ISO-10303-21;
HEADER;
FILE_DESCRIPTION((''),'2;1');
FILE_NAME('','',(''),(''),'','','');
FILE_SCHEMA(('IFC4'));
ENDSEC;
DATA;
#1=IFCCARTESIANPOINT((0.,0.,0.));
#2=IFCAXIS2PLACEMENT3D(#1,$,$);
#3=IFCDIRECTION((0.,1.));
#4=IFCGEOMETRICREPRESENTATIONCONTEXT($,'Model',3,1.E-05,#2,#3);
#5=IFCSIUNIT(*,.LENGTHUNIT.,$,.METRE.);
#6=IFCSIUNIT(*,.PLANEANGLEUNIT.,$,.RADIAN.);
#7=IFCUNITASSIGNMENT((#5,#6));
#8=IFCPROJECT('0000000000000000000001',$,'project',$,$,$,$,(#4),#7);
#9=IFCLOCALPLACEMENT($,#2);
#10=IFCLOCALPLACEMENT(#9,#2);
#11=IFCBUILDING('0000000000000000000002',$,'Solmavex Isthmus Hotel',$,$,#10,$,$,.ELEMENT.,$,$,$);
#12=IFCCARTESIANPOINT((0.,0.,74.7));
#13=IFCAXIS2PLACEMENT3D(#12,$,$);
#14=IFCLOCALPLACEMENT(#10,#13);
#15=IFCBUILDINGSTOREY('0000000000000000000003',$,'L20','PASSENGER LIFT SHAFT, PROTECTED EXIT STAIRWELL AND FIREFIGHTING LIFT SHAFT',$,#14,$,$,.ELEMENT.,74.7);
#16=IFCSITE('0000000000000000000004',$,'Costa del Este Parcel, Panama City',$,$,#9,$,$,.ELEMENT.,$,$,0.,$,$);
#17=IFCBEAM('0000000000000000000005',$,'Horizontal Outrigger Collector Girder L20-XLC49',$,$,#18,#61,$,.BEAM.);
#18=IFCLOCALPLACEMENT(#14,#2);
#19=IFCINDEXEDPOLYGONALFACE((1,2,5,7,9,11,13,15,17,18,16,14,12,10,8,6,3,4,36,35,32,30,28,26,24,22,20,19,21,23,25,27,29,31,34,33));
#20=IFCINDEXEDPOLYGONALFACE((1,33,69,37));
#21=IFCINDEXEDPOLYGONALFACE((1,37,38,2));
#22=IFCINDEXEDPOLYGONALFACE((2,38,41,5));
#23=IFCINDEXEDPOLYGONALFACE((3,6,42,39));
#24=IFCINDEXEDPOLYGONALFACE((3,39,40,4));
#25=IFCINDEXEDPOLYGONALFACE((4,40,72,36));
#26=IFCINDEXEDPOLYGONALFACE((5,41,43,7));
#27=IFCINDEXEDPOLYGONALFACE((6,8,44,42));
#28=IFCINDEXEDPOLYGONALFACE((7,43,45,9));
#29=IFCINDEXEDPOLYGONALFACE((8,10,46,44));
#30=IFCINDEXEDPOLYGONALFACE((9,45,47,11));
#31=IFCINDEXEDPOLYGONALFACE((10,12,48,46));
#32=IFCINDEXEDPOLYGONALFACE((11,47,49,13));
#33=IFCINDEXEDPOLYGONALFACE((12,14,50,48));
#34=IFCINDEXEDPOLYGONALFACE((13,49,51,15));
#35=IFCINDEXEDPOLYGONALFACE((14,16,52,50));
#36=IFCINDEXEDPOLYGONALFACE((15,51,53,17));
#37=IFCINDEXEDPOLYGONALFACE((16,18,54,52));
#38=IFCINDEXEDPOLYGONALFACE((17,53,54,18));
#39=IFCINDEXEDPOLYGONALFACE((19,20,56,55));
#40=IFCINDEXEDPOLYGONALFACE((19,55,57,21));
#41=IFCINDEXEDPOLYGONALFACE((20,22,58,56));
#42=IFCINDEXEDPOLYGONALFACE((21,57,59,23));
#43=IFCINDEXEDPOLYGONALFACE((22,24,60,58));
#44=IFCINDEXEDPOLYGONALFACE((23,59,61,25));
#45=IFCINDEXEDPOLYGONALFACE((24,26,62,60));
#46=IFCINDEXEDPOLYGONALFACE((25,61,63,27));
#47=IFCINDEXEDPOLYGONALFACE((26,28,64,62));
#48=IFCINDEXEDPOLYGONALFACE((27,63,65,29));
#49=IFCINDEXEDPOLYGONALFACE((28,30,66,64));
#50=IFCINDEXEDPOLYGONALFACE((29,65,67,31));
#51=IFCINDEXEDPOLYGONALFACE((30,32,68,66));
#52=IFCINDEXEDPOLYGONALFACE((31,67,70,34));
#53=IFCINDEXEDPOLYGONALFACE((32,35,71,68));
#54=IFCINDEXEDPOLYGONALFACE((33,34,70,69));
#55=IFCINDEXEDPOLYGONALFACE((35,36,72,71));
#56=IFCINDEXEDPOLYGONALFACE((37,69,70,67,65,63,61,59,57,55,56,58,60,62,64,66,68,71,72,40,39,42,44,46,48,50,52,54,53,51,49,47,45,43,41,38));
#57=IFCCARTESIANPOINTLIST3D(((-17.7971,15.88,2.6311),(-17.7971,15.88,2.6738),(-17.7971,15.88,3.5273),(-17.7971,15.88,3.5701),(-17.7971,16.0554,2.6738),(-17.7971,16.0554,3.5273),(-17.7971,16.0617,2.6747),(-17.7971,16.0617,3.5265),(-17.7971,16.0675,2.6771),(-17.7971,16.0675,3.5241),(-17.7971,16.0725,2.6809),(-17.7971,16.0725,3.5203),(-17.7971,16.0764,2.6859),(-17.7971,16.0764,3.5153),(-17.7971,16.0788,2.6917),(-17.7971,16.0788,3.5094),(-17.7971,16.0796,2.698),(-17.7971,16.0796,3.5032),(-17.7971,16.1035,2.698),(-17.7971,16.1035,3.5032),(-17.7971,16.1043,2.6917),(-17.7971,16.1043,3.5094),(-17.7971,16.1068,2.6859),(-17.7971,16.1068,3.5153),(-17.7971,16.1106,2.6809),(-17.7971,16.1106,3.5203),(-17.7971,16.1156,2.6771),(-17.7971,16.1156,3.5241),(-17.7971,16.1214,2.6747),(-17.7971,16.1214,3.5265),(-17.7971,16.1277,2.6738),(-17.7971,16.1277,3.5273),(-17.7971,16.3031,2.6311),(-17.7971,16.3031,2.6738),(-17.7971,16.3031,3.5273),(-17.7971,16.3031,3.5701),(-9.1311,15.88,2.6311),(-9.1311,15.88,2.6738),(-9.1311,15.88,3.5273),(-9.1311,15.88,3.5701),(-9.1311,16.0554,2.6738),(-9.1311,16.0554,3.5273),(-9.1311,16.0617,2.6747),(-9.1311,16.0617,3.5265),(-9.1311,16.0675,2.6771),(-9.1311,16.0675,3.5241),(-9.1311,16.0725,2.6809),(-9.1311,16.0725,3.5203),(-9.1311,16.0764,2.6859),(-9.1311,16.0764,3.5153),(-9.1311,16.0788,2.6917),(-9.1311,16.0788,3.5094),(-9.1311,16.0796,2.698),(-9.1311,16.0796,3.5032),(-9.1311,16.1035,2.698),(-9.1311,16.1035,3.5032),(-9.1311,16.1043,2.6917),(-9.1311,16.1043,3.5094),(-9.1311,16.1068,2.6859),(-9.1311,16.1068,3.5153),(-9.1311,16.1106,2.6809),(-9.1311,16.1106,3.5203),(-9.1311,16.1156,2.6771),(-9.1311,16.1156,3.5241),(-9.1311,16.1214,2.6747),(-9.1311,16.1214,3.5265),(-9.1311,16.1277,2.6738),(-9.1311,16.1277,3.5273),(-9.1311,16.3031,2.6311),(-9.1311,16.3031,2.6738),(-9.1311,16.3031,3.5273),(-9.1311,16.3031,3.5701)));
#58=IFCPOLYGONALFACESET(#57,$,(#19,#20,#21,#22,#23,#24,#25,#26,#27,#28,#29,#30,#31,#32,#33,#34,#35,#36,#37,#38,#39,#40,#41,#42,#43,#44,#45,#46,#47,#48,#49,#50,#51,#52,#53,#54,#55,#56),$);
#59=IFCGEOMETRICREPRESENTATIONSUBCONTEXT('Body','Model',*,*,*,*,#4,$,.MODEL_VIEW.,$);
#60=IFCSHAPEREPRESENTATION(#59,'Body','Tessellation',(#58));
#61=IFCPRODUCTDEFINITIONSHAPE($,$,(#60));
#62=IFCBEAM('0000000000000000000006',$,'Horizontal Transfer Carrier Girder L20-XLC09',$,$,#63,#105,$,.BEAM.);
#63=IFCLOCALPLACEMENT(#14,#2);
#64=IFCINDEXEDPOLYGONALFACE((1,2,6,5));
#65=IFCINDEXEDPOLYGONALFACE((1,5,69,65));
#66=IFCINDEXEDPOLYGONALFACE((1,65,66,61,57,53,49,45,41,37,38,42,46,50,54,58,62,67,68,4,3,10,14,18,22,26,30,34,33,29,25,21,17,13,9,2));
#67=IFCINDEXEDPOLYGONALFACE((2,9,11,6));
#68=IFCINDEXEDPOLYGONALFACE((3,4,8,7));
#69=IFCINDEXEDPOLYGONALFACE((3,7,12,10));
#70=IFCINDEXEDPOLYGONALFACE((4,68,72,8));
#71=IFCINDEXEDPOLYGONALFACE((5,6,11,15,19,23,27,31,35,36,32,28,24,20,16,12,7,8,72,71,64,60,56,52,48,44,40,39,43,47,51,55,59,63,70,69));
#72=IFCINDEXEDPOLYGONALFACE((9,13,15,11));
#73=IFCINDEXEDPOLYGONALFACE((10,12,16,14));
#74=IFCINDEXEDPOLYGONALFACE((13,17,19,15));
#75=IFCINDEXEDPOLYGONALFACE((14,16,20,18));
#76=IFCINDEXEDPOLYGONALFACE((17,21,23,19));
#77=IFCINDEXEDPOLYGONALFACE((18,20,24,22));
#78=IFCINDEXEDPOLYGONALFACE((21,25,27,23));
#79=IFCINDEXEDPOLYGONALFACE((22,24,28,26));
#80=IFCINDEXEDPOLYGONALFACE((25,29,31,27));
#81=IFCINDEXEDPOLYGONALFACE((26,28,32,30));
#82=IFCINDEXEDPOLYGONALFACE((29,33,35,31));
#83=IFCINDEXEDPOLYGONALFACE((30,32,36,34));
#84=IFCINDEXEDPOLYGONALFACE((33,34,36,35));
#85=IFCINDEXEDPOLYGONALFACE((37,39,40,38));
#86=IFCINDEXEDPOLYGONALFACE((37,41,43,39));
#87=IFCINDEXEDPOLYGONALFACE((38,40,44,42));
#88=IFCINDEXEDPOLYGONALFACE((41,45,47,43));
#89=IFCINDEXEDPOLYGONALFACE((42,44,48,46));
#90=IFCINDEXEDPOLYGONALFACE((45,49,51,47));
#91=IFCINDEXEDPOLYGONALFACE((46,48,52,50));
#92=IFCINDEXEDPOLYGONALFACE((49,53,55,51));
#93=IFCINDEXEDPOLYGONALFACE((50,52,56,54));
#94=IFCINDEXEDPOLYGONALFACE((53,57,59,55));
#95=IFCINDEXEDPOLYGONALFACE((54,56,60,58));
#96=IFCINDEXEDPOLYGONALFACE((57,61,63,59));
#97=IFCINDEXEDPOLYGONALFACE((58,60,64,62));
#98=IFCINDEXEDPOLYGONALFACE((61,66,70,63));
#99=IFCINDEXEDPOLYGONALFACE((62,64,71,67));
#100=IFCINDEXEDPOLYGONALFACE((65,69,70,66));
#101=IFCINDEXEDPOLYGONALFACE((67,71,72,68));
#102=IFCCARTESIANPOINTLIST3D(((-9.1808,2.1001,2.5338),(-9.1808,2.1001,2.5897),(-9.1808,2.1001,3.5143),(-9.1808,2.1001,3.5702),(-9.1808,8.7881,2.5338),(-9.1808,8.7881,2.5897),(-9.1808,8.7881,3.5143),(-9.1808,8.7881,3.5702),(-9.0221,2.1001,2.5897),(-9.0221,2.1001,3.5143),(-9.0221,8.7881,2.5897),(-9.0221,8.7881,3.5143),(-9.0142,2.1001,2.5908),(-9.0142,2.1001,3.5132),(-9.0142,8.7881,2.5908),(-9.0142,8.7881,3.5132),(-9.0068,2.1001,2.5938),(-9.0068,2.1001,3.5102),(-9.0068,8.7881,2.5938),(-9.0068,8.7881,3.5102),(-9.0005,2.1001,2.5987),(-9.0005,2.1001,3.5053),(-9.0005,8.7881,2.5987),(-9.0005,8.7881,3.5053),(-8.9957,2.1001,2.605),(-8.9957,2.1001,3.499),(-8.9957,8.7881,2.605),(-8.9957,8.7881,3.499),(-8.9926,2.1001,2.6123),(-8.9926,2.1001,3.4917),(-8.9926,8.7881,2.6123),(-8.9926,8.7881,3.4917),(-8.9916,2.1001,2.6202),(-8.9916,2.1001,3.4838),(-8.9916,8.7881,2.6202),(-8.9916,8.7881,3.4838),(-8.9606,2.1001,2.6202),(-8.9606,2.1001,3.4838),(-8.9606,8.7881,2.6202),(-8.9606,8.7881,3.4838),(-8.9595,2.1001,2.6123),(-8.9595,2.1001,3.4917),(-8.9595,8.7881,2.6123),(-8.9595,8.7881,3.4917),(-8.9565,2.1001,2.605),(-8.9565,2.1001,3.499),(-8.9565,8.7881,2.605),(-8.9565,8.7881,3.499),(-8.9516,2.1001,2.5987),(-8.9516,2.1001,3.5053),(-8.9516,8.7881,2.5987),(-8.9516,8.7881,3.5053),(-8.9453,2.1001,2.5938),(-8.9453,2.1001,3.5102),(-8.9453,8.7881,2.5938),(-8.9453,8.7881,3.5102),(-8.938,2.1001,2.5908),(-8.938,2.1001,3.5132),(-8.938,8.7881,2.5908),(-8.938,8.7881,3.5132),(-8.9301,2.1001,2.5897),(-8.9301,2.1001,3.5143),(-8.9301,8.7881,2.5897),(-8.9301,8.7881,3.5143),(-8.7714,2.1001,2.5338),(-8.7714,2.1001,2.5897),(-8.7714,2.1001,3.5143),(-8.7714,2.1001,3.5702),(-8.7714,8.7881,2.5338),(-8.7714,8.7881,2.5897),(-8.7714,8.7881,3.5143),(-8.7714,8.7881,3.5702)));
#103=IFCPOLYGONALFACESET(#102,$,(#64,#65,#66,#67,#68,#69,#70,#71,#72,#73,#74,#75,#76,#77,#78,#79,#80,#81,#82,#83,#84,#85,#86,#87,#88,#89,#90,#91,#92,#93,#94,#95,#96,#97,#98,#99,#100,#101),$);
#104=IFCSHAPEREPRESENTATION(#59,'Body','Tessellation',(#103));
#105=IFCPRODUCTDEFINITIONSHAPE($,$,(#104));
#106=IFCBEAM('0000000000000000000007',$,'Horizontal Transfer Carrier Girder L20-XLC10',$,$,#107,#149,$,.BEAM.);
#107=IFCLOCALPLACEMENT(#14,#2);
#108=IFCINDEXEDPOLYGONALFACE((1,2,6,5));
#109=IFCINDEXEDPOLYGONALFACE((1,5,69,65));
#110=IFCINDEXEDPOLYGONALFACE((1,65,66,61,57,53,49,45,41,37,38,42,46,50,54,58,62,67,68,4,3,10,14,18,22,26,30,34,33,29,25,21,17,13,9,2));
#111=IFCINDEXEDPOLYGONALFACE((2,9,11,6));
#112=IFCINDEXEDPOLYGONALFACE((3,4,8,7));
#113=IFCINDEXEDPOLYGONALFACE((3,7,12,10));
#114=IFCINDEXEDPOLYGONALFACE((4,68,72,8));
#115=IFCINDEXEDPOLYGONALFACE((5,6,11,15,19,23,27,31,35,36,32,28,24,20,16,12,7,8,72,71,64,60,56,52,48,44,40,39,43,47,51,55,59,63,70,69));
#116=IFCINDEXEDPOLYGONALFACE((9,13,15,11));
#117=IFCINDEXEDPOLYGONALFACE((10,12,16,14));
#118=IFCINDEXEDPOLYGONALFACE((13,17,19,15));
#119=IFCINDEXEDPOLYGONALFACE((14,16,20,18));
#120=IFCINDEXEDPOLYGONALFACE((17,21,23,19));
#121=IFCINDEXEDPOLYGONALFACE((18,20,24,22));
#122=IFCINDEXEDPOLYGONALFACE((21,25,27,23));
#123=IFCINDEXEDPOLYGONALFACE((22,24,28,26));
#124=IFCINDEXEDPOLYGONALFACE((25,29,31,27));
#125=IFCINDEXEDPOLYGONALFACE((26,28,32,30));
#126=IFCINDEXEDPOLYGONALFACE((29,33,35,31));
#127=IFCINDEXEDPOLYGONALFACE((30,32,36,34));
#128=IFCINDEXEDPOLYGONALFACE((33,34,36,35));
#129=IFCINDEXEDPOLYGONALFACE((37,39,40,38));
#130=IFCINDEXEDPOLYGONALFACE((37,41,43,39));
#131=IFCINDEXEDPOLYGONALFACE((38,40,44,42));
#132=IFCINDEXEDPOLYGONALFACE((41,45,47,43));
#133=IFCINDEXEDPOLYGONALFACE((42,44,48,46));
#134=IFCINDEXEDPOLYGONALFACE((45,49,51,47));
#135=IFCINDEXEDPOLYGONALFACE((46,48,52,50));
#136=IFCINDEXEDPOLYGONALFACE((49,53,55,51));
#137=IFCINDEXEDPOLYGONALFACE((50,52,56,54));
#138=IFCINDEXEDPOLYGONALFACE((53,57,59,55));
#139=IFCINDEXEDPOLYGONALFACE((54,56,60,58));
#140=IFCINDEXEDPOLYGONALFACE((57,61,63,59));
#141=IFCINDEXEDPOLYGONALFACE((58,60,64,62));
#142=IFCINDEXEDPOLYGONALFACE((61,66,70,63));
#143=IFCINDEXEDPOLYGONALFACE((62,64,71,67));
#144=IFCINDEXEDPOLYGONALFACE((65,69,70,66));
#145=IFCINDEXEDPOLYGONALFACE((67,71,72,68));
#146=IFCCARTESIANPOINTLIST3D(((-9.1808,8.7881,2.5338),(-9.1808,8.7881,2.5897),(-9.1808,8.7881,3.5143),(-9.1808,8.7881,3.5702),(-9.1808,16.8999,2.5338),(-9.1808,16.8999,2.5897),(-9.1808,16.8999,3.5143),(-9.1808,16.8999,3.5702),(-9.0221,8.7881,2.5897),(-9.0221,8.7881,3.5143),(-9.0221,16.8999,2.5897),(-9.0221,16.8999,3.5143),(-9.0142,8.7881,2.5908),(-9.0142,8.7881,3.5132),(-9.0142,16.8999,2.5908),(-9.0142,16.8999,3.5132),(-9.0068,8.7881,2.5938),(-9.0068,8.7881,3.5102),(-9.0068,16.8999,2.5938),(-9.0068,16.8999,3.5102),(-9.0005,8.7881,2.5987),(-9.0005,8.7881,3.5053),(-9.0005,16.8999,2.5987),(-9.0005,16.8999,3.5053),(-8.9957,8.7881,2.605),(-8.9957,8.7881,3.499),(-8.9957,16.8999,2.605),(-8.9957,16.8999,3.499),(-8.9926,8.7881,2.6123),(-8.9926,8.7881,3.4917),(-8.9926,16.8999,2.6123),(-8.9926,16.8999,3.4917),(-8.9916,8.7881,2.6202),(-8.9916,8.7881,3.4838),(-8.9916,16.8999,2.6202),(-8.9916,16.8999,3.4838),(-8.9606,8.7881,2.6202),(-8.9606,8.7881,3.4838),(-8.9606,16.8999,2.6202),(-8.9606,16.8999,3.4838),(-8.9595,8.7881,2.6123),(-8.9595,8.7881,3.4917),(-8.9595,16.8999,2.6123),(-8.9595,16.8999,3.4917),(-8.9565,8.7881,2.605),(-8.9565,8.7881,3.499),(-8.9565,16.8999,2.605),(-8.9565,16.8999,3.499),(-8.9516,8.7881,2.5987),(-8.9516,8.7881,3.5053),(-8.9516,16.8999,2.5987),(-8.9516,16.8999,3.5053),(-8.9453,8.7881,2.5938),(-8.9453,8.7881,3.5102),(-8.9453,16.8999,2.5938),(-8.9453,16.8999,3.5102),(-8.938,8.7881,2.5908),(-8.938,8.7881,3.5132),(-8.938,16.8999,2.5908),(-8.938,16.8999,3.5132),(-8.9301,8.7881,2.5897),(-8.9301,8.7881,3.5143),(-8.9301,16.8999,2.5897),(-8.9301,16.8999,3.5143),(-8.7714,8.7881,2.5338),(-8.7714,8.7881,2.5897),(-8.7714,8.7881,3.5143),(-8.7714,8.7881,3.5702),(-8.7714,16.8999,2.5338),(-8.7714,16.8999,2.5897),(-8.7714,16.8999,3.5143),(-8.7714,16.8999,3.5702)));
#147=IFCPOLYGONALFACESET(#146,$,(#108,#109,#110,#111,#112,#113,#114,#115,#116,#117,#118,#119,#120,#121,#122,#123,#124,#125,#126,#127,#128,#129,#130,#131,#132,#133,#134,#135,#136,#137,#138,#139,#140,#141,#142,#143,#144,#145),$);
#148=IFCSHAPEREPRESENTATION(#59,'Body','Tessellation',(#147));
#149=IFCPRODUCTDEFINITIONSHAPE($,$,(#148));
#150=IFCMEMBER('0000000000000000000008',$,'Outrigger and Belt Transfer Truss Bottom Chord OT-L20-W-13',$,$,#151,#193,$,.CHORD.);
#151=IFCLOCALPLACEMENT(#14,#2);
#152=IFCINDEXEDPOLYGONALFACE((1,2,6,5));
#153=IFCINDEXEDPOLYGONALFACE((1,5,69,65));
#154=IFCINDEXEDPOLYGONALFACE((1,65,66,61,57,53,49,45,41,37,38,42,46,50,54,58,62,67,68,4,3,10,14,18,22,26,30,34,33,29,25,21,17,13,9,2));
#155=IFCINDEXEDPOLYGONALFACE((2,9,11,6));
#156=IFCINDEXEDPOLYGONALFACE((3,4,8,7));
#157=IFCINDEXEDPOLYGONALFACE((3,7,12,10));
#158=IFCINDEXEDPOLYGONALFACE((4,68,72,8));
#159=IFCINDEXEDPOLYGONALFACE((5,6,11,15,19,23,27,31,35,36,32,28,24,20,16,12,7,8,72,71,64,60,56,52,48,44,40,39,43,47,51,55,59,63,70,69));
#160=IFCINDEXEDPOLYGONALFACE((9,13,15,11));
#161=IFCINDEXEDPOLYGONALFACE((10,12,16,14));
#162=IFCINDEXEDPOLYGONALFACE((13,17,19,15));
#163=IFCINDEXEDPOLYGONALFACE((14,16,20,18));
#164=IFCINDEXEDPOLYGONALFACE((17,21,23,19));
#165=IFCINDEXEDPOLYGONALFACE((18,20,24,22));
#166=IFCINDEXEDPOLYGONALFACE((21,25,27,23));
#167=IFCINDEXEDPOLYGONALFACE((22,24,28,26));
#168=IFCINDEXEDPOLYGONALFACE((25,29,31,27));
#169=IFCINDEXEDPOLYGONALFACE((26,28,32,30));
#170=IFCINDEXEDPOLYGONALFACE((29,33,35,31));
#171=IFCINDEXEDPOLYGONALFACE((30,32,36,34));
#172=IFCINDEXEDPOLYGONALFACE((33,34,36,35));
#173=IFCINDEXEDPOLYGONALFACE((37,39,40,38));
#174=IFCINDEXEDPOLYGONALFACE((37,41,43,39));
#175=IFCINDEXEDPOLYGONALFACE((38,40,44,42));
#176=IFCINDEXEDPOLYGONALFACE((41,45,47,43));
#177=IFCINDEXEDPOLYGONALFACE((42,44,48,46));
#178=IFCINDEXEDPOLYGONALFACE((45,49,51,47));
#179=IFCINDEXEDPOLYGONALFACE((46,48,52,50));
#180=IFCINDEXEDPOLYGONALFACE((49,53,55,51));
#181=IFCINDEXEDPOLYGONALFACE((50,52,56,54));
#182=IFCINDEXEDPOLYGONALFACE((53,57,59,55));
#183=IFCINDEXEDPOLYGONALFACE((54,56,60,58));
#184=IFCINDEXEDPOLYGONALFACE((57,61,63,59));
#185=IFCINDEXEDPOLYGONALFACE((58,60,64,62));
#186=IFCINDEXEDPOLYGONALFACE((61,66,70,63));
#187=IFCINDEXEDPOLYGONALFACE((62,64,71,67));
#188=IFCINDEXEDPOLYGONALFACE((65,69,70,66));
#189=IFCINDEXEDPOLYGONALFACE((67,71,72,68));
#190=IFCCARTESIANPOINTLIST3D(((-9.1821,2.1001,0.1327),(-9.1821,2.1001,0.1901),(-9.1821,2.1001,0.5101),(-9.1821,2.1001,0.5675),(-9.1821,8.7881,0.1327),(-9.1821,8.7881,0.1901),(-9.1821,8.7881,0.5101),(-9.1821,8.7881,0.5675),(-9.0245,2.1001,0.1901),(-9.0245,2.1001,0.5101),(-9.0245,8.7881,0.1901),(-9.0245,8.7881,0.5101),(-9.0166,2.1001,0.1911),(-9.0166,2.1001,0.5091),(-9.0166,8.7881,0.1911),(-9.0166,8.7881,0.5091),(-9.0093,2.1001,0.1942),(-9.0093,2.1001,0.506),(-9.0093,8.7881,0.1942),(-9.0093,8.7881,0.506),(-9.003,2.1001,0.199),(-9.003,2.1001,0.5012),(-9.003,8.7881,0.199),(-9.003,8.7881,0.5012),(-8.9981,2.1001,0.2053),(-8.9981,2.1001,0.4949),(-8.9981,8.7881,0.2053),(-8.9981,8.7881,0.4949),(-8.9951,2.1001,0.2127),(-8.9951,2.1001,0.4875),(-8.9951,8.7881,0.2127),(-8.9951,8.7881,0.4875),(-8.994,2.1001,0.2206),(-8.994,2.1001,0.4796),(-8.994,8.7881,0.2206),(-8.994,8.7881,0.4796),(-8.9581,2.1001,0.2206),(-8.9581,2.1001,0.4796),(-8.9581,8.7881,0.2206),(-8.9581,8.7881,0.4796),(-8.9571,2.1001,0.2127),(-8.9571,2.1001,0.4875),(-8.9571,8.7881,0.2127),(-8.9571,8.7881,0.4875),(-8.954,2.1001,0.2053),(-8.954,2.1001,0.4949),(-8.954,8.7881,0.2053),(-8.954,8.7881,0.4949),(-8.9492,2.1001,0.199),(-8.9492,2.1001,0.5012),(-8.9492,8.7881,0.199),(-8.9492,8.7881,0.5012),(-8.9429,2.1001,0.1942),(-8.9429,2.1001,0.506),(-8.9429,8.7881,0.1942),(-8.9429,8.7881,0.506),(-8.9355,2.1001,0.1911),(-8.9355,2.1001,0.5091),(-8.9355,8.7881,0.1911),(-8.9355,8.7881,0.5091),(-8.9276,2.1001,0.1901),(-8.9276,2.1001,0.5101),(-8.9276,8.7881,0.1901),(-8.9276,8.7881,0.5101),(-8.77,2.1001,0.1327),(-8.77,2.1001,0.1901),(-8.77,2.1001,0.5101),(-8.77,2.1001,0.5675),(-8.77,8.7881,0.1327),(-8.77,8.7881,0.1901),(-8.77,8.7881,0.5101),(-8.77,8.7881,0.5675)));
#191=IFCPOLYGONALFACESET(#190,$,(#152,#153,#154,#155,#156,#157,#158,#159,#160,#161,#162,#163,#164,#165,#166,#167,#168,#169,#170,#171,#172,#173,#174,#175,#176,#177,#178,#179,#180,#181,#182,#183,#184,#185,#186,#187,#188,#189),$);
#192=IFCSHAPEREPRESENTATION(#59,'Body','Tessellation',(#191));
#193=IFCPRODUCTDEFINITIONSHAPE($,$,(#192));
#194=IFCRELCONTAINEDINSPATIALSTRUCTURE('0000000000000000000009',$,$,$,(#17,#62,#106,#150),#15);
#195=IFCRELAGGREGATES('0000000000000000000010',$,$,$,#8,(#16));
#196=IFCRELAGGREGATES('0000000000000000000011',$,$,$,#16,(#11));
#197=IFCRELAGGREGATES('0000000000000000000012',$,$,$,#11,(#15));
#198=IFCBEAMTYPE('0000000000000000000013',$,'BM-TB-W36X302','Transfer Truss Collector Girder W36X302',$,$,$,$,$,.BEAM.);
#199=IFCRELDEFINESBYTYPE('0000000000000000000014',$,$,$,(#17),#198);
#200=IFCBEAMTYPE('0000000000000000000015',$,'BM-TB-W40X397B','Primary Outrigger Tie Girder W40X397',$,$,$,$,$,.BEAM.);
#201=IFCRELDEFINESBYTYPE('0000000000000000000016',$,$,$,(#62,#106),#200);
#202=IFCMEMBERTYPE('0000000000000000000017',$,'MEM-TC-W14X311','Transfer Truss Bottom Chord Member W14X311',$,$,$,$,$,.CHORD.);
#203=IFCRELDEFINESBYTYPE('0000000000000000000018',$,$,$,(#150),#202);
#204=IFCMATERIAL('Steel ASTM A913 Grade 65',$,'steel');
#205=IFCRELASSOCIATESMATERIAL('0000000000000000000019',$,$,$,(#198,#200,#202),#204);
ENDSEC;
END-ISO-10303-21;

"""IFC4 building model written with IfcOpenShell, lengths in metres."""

from ifc_helpers import new_model, si_unit, direction, frame, origin, origin_2d, place, context, subcontext, project, spatial, i_section, extrude, material, material_profile, profile_set, type_object, element, save


model = new_model("IFC4")

# Units and contexts
model_context = context("Model", 3, precision=1e-05, world=origin(), true_north=direction((0.0, 1.0)))
body_context = subcontext(model_context, "Body", "Model", "MODEL_VIEW")
ifc_project = project(units=[si_unit("LENGTHUNIT", "METRE"), si_unit("PLANEANGLEUNIT", "RADIAN")], contexts=[model_context])

# Site, building, storey
site_placement = place(None, origin())
site = spatial("IfcSite", under=ifc_project, at=site_placement, Name="Costa del Este Parcel, Panama City", CompositionType="ELEMENT", RefElevation=0.0)
building_placement = place(site_placement, origin())
building = spatial("IfcBuilding", under=site, at=building_placement, Name="Solmavex Isthmus Hotel", CompositionType="ELEMENT")
storey_placement = place(building_placement, frame((0.0, 0.0, 74.7)))
storey = spatial("IfcBuildingStorey", under=building, at=storey_placement, Name="L20", Description="PASSENGER LIFT SHAFT, PROTECTED EXIT STAIRWELL AND FIREFIGHTING LIFT SHAFT", CompositionType="ELEMENT", Elevation=74.7)

# Shared definitions
ifc_material_1 = material(Name="Steel ASTM A913 Grade 65", Category="steel")

# Beams
ifc_material_profile_1 = material_profile(ifc_material_1, i_section(OverallWidth=0.4231, OverallDepth=0.939, WebThickness=0.0239, FlangeThickness=0.0427, FilletRadius=0.0242, at=origin_2d()), Name="W36X302")
ifc_profile_set_1 = profile_set([ifc_material_profile_1], Name="Steel ASTM A913 Grade 65")
beam_type_1 = type_object("IfcBeamType", Name="BM-TB-W36X302", Description="Transfer Truss Collector Girder W36X302", PredefinedType="BEAM", material=ifc_profile_set_1)
for number, where, z_axis, x_axis, name in (
    (1, (-17.7971, 16.0916, 3.1006), (1.0, 0.0, 0.0), (0.0, 1.0, 0.0), "Horizontal Outrigger Collector Girder L20-XLC49"),
):
    element("IfcBeam", number, at=place(storey_placement, frame(where, z_axis=z_axis, x_axis=x_axis)), inside=storey, type_object=beam_type_1, Name=name, PredefinedType="BEAM", context=body_context, shape_type="SweptSolid", body=[
        extrude(i_section(OverallWidth=0.4231, OverallDepth=0.939, WebThickness=0.0239, FlangeThickness=0.0427, FilletRadius=0.0242, at=origin_2d()), origin(), (0.0, 0.0, 1.0), 8.666),
    ])
ifc_material_profile_2 = material_profile(ifc_material_1, i_section(OverallWidth=0.4094, OverallDepth=1.0364, WebThickness=0.031, FlangeThickness=0.0559, FilletRadius=0.0305, at=origin_2d()), Name="W40X397")
ifc_profile_set_2 = profile_set([ifc_material_profile_2], Name="Steel ASTM A913 Grade 65")
beam_type_2 = type_object("IfcBeamType", Name="BM-TB-W40X397B", Description="Primary Outrigger Tie Girder W40X397", PredefinedType="BEAM", material=ifc_profile_set_2)
beam_1_placement = place(storey_placement, frame((-8.9761, 2.1001, 3.052), z_axis=(0.0, 1.0, 0.0), x_axis=(-1.0, 0.0, 0.0)))
element("IfcBeam", 2, at=beam_1_placement, inside=storey, type_object=beam_type_2, Name="Horizontal Transfer Carrier Girder L20-XLC09", PredefinedType="BEAM", context=body_context, shape_type="SweptSolid", body=[
    extrude(i_section(OverallWidth=0.4094, OverallDepth=1.0364, WebThickness=0.031, FlangeThickness=0.0559, FilletRadius=0.0305, at=origin_2d()), origin(), (0.0, 0.0, 1.0), 6.688),
])
beam_2_placement = place(storey_placement, frame((-8.9761, 8.7881, 3.052), z_axis=(0.0, 1.0, 0.0), x_axis=(-1.0, 0.0, 0.0)))
element("IfcBeam", 3, at=beam_2_placement, inside=storey, type_object=beam_type_2, Name="Horizontal Transfer Carrier Girder L20-XLC10", PredefinedType="BEAM", context=body_context, shape_type="SweptSolid", body=[
    extrude(i_section(OverallWidth=0.4094, OverallDepth=1.0364, WebThickness=0.031, FlangeThickness=0.0559, FilletRadius=0.0305, at=origin_2d()), origin(), (0.0, 0.0, 1.0), 8.1118),
])

# Member
ifc_material_profile_3 = material_profile(ifc_material_1, i_section(OverallWidth=0.4121, OverallDepth=0.4348, WebThickness=0.0359, FlangeThickness=0.0574, FilletRadius=0.0305, at=origin_2d()), Name="W14X311")
ifc_profile_set_3 = profile_set([ifc_material_profile_3], Name="Steel ASTM A913 Grade 65")
member_type_1 = type_object("IfcMemberType", Name="MEM-TC-W14X311", Description="Transfer Truss Bottom Chord Member W14X311", PredefinedType="CHORD", material=ifc_profile_set_3)
member_1_placement = place(storey_placement, frame((-8.9761, 2.1001, 0.3501), z_axis=(0.0, 1.0, 0.0), x_axis=(-1.0, 0.0, 0.0)))
element("IfcMember", 4, at=member_1_placement, inside=storey, type_object=member_type_1, Name="Outrigger and Belt Transfer Truss Bottom Chord OT-L20-W-13", PredefinedType="CHORD", context=body_context, shape_type="SweptSolid", body=[
    extrude(i_section(OverallWidth=0.4121, OverallDepth=0.4348, WebThickness=0.0359, FlangeThickness=0.0574, FilletRadius=0.0305, at=origin_2d()), origin(), (0.0, 0.0, 1.0), 6.688),
])

save(model, "model.ifc")
